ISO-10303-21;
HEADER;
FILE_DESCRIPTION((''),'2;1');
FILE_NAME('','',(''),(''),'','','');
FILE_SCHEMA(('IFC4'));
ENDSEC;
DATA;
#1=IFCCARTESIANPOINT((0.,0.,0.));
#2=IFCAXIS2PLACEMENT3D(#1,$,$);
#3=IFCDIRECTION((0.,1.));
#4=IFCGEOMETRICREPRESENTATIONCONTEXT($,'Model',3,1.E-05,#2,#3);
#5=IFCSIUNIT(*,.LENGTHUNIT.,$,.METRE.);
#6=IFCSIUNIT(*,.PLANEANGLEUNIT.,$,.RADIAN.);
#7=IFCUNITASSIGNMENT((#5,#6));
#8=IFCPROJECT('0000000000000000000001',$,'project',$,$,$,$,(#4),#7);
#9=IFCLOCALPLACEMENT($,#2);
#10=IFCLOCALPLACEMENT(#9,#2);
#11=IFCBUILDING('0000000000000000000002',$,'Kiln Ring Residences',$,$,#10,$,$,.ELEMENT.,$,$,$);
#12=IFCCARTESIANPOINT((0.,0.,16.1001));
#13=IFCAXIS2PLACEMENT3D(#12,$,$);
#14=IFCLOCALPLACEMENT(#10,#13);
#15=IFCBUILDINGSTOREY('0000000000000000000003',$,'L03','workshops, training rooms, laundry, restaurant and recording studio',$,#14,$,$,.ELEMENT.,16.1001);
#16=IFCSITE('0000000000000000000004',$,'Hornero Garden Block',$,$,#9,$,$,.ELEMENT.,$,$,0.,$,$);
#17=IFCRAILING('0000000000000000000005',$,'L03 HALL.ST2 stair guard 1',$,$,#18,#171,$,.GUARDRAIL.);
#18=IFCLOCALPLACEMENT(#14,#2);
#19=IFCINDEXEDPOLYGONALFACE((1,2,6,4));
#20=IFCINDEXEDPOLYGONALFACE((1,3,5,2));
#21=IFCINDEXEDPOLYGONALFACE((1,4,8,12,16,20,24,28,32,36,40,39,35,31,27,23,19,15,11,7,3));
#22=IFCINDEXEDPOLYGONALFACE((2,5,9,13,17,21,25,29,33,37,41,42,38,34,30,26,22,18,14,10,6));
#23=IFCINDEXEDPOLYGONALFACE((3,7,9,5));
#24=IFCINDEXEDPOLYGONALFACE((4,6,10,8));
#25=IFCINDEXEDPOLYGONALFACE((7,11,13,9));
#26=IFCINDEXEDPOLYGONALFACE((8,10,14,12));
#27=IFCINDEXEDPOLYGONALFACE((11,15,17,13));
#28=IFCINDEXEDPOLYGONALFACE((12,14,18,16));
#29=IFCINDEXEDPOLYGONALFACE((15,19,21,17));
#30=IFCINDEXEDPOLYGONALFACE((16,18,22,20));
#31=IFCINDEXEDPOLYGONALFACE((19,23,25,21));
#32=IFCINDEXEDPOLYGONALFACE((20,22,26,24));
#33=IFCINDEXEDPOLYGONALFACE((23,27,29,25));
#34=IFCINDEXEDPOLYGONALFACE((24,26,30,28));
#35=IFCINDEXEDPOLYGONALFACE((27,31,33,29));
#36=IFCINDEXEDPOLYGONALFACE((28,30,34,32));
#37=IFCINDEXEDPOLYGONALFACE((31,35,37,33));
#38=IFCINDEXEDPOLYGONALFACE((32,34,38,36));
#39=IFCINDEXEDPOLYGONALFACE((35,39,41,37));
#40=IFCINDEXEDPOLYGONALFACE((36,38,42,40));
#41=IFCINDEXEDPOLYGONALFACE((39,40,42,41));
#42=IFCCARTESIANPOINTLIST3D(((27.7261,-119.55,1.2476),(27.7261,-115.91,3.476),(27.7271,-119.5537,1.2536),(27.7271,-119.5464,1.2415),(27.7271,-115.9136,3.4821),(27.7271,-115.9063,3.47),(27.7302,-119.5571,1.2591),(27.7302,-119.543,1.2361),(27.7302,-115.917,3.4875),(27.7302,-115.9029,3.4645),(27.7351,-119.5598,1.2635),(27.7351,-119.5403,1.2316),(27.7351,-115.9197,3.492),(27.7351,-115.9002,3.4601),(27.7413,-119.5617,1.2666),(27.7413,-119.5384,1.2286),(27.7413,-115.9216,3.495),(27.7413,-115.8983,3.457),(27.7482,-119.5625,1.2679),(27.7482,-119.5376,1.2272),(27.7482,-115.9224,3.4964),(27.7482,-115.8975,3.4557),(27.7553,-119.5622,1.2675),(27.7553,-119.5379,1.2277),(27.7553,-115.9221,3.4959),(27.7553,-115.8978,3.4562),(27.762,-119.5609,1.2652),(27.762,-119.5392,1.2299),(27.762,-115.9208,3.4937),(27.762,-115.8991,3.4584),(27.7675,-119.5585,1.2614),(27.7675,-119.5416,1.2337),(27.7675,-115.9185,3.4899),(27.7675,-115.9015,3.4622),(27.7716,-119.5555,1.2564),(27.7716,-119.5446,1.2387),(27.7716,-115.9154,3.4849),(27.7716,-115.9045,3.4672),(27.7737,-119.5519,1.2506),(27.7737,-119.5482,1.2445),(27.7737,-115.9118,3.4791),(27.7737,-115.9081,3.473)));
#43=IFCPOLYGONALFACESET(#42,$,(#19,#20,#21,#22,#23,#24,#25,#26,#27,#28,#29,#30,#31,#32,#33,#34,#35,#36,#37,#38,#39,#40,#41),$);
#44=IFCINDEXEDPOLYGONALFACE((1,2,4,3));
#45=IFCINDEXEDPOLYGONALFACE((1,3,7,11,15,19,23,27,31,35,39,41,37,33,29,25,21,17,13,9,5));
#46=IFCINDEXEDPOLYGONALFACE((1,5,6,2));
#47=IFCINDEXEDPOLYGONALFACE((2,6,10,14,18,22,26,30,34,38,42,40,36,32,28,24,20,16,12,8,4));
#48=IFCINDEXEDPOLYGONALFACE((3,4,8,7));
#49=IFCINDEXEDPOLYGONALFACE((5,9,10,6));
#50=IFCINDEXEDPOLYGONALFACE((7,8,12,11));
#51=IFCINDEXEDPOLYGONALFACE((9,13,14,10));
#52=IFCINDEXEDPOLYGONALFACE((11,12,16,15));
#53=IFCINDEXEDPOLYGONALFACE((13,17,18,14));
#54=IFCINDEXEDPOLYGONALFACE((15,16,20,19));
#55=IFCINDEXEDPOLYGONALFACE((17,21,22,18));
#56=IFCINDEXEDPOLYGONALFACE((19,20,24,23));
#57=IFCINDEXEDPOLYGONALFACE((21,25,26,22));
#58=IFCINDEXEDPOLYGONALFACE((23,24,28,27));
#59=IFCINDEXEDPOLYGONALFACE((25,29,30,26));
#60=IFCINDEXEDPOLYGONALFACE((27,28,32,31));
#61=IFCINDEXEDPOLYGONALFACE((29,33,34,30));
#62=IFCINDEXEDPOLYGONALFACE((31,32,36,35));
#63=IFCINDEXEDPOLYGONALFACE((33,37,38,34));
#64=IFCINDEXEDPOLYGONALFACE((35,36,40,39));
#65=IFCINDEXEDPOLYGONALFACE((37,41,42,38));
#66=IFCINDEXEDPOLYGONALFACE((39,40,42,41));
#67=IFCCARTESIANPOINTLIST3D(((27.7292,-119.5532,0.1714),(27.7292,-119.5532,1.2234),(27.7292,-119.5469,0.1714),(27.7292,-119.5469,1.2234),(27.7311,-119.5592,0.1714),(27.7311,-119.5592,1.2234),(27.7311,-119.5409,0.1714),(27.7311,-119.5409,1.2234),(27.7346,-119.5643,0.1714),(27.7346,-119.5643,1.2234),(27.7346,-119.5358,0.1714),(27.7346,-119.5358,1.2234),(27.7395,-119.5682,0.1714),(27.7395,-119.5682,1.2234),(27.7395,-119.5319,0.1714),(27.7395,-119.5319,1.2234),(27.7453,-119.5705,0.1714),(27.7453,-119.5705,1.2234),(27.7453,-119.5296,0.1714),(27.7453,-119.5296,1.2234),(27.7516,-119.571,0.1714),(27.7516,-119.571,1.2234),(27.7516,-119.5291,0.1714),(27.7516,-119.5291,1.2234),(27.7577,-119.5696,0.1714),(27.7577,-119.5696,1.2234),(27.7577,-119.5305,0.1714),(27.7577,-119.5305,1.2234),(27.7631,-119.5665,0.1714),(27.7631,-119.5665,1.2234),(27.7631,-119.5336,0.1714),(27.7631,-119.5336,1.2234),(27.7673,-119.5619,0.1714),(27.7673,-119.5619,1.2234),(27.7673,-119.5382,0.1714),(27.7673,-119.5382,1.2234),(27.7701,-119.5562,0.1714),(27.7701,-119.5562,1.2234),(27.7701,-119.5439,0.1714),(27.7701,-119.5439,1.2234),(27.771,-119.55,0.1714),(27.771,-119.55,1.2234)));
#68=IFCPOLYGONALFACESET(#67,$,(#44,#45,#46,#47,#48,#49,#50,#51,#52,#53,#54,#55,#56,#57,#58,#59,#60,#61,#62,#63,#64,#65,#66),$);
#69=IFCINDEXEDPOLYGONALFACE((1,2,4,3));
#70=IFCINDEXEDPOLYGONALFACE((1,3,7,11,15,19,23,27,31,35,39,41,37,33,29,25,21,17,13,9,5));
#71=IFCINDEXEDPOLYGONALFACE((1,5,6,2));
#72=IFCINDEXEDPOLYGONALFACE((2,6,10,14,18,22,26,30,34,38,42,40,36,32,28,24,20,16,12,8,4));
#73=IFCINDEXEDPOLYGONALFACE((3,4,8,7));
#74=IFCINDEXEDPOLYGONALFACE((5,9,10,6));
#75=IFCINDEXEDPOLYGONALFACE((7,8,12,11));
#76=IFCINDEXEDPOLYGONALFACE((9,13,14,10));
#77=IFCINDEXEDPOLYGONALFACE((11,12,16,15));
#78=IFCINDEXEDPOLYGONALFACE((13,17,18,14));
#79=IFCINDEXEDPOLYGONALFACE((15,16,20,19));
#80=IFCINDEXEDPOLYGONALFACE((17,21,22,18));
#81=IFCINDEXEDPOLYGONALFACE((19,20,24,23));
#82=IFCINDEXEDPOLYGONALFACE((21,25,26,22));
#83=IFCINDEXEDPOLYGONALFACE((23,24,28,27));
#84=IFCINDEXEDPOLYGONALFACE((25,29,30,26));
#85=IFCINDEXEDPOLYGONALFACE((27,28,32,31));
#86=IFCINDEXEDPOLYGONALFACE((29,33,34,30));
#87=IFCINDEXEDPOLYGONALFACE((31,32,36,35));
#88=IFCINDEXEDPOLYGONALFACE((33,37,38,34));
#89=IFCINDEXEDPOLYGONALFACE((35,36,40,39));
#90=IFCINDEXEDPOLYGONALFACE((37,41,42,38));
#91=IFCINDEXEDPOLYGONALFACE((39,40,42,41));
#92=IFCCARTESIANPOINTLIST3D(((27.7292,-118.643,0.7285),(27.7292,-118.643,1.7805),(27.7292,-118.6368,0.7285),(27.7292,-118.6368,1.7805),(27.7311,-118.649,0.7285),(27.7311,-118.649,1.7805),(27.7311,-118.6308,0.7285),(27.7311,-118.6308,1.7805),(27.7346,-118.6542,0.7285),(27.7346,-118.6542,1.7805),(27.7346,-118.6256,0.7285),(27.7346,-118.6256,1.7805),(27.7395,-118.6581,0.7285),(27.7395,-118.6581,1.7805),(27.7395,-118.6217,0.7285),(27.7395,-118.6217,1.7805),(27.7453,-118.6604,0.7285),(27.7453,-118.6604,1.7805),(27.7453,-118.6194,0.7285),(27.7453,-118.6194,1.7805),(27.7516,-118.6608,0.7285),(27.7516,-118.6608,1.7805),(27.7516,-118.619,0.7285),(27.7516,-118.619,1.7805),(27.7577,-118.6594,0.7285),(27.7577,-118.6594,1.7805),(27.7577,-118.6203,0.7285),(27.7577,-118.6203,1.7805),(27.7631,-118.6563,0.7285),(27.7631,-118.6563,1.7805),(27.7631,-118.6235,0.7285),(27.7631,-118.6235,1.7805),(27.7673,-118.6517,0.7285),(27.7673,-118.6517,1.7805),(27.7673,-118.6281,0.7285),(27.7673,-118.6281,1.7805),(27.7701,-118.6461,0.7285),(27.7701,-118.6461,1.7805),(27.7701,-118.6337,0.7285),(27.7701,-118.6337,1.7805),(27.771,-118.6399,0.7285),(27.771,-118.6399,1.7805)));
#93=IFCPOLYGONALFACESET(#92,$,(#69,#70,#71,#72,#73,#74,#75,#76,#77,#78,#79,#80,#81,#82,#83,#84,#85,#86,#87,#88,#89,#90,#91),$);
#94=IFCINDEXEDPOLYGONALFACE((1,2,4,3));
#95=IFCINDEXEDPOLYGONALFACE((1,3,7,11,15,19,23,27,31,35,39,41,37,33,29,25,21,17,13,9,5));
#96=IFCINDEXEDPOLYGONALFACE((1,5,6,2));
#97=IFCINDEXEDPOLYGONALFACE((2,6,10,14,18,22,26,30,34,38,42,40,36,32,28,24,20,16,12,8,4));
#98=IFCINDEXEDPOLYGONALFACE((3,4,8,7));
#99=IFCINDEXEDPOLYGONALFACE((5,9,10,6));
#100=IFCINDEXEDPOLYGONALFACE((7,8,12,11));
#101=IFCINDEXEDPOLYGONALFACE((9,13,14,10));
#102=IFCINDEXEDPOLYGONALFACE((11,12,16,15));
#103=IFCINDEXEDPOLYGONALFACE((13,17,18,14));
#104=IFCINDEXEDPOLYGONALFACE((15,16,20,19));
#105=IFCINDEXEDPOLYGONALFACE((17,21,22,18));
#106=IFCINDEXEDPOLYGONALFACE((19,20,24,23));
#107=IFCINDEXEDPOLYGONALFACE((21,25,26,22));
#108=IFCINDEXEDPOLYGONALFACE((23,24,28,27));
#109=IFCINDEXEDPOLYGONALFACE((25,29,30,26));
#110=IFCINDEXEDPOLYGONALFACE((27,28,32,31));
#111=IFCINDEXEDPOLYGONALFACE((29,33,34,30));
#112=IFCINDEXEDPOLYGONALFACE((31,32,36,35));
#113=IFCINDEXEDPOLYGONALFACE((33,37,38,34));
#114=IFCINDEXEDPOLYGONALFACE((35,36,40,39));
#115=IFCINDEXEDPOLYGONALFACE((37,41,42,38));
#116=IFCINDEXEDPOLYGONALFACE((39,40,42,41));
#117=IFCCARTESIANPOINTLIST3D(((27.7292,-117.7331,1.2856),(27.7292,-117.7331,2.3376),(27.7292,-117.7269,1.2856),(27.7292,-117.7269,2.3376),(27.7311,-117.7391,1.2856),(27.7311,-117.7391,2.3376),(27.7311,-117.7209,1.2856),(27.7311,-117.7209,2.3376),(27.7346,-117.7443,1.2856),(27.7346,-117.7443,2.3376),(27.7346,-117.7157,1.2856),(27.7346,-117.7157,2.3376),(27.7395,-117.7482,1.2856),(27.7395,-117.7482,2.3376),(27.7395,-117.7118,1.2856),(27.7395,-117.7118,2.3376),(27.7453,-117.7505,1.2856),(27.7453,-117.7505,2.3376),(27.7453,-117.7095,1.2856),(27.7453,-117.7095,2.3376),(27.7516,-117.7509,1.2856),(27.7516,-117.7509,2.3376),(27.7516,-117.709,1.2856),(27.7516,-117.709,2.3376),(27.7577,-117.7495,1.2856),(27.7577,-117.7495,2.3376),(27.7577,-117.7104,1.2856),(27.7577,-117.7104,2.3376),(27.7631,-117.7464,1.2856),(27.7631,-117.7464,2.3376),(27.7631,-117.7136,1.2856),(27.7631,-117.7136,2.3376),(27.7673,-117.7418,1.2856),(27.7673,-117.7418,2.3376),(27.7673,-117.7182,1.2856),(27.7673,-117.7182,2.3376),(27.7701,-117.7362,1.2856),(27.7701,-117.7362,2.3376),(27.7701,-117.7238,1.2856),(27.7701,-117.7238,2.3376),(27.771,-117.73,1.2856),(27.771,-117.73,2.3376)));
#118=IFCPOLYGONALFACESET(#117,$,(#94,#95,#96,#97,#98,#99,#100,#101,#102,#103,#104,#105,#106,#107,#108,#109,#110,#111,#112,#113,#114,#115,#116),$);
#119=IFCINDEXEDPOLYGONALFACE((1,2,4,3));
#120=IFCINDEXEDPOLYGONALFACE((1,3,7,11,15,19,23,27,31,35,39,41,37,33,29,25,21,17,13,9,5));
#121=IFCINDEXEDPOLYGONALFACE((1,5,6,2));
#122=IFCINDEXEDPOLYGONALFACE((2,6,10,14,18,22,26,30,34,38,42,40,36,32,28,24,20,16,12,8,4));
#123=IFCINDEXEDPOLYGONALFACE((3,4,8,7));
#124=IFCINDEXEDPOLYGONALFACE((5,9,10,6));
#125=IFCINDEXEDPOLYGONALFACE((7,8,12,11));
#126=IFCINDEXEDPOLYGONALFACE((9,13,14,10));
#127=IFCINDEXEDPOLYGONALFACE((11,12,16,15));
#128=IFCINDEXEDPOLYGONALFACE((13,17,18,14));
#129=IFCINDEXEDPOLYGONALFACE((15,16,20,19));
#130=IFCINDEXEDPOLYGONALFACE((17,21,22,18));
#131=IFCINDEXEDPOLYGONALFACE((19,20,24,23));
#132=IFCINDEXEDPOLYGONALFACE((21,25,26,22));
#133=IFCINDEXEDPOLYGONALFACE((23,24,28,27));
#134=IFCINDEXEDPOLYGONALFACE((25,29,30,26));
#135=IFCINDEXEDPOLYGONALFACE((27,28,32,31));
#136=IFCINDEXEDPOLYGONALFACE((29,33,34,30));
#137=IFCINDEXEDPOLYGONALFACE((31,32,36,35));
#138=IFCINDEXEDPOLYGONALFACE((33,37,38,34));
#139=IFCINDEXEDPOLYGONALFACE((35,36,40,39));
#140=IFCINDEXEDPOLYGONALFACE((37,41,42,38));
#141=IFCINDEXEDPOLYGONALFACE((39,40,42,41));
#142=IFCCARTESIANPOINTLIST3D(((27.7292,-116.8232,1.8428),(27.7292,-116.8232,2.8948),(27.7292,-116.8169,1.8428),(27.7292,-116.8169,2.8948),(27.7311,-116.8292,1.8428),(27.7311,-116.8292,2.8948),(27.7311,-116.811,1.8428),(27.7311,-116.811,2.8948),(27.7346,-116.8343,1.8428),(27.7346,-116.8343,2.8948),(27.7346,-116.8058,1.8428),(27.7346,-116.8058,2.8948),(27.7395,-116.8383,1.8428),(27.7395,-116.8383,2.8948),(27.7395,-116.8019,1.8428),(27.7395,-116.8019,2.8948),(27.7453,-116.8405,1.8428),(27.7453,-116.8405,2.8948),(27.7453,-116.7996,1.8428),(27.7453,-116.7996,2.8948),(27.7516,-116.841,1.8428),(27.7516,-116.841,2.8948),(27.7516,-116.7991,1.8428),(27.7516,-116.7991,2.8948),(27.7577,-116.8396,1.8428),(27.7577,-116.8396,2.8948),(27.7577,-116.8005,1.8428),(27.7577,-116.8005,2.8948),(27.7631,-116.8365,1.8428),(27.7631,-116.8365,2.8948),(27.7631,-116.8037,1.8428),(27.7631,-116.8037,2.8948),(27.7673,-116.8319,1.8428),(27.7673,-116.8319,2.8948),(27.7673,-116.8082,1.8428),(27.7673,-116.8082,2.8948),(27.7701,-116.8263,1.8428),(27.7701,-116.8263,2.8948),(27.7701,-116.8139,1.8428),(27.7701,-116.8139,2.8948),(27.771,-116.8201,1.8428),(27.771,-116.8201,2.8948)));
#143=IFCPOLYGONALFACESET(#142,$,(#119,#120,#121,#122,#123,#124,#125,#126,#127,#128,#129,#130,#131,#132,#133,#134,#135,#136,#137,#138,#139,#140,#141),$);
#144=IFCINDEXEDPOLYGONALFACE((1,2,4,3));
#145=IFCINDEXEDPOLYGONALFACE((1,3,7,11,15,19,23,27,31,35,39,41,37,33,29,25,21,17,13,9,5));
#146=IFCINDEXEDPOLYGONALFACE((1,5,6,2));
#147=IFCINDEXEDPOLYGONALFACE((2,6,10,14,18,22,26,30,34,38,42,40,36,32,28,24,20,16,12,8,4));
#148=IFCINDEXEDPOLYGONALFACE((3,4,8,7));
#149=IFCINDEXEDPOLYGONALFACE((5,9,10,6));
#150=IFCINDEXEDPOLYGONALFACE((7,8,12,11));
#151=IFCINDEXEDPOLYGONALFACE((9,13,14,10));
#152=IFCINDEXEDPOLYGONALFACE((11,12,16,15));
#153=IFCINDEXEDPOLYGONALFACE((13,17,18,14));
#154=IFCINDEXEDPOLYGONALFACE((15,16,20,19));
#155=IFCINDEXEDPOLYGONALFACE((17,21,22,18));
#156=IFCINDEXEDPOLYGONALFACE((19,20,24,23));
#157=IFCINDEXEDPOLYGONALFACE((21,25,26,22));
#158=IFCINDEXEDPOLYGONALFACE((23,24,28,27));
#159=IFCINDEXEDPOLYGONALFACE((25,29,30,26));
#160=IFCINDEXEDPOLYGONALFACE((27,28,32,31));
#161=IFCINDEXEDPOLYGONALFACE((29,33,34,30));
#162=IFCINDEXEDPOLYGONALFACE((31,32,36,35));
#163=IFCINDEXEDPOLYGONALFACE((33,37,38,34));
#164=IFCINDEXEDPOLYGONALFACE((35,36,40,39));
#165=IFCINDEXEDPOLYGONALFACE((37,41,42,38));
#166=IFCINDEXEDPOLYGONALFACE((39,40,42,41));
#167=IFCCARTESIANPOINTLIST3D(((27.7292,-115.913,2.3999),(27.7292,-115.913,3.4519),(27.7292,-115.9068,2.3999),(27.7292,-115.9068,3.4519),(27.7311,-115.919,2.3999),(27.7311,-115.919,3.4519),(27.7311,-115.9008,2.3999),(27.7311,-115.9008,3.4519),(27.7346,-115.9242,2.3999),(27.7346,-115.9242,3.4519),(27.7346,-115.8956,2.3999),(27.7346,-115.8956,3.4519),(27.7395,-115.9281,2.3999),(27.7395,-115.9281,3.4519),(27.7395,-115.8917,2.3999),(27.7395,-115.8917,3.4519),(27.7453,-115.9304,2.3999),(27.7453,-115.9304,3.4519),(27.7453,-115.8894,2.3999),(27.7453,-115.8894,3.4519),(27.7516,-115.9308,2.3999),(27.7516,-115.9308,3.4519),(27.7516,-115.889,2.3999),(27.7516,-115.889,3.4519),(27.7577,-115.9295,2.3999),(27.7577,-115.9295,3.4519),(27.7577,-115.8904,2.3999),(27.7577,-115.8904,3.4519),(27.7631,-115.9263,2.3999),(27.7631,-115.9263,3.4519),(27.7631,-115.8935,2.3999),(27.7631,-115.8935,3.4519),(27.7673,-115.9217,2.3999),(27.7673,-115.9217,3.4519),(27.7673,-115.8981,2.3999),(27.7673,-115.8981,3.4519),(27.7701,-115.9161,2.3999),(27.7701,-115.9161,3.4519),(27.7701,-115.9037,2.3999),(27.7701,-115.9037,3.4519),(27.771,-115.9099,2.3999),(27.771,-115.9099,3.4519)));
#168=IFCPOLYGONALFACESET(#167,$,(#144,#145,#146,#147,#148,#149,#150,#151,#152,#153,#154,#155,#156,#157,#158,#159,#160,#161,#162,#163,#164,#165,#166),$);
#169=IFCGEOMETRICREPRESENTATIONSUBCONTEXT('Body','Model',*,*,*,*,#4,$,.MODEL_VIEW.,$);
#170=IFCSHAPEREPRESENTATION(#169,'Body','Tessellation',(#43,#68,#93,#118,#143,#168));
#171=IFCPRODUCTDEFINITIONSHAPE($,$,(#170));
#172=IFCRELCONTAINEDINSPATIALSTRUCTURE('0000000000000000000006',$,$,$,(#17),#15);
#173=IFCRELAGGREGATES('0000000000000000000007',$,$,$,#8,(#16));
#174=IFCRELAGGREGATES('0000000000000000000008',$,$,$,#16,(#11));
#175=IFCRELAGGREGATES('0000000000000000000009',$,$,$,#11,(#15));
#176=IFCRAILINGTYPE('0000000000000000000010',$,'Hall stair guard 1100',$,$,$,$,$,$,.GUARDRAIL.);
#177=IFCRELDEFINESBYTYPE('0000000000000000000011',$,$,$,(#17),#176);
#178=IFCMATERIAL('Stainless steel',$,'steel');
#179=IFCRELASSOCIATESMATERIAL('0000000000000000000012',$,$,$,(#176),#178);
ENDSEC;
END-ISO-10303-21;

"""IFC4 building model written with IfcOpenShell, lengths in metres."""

from ifc_helpers import new_model, si_unit, direction, frame, origin, origin_2d, place, context, subcontext, project, spatial, circle, extrude, material, type_object, element, save


model = new_model("IFC4")

# Units and contexts
model_context = context("Model", 3, precision=1e-05, world=origin(), true_north=direction((0.0, 1.0)))
body_context = subcontext(model_context, "Body", "Model", "MODEL_VIEW")
ifc_project = project(units=[si_unit("LENGTHUNIT", "METRE"), si_unit("PLANEANGLEUNIT", "RADIAN")], contexts=[model_context])

# Site, building, storey
site_placement = place(None, origin())
site = spatial("IfcSite", under=ifc_project, at=site_placement, Name="Hornero Garden Block", CompositionType="ELEMENT", RefElevation=0.0)
building_placement = place(site_placement, origin())
building = spatial("IfcBuilding", under=site, at=building_placement, Name="Kiln Ring Residences", CompositionType="ELEMENT")
storey_placement = place(building_placement, frame((0.0, 0.0, 16.1001)))
storey = spatial("IfcBuildingStorey", under=building, at=storey_placement, Name="L03", Description="workshops, training rooms, laundry, restaurant and recording studio", CompositionType="ELEMENT", Elevation=16.1001)

# Railing
ifc_material_1 = material(Name="Stainless steel", Category="steel")
railing_type_1 = type_object("IfcRailingType", Name="Hall stair guard 1100", PredefinedType="GUARDRAIL", material=ifc_material_1)
railing_1_placement = place(storey_placement, frame((27.75, -119.55, 0.1714)))
element("IfcRailing", 1, at=railing_1_placement, inside=storey, type_object=railing_type_1, Name="L03 HALL.ST2 stair guard 1", PredefinedType="GUARDRAIL", context=body_context, shape_type="SweptSolid", body=[
    extrude(circle(Radius=0.0239, at=origin_2d()), frame((0.0, 0.0, 1.0762), z_axis=(0.0, 0.852866, 0.52213), x_axis=(-1.0, 0.0, 0.0)), (0.0, 0.0, 1.0), 4.2681),
    extrude(circle(Radius=0.021, at=origin_2d()), origin(), (0.0, 0.0, 1.0), 1.052),
    extrude(circle(Radius=0.021, at=origin_2d()), frame((0.0, 0.9102, 0.5571)), (0.0, 0.0, 1.0), 1.052),
    extrude(circle(Radius=0.021, at=origin_2d()), frame((0.0, 1.8201, 1.1143)), (0.0, 0.0, 1.0), 1.052),
    extrude(circle(Radius=0.021, at=origin_2d()), frame((0.0, 2.73, 1.6714)), (0.0, 0.0, 1.0), 1.052),
    extrude(circle(Radius=0.021, at=origin_2d()), frame((0.0, 3.6401, 2.2285)), (0.0, 0.0, 1.0), 1.052),
])

save(model, "model.ifc")
